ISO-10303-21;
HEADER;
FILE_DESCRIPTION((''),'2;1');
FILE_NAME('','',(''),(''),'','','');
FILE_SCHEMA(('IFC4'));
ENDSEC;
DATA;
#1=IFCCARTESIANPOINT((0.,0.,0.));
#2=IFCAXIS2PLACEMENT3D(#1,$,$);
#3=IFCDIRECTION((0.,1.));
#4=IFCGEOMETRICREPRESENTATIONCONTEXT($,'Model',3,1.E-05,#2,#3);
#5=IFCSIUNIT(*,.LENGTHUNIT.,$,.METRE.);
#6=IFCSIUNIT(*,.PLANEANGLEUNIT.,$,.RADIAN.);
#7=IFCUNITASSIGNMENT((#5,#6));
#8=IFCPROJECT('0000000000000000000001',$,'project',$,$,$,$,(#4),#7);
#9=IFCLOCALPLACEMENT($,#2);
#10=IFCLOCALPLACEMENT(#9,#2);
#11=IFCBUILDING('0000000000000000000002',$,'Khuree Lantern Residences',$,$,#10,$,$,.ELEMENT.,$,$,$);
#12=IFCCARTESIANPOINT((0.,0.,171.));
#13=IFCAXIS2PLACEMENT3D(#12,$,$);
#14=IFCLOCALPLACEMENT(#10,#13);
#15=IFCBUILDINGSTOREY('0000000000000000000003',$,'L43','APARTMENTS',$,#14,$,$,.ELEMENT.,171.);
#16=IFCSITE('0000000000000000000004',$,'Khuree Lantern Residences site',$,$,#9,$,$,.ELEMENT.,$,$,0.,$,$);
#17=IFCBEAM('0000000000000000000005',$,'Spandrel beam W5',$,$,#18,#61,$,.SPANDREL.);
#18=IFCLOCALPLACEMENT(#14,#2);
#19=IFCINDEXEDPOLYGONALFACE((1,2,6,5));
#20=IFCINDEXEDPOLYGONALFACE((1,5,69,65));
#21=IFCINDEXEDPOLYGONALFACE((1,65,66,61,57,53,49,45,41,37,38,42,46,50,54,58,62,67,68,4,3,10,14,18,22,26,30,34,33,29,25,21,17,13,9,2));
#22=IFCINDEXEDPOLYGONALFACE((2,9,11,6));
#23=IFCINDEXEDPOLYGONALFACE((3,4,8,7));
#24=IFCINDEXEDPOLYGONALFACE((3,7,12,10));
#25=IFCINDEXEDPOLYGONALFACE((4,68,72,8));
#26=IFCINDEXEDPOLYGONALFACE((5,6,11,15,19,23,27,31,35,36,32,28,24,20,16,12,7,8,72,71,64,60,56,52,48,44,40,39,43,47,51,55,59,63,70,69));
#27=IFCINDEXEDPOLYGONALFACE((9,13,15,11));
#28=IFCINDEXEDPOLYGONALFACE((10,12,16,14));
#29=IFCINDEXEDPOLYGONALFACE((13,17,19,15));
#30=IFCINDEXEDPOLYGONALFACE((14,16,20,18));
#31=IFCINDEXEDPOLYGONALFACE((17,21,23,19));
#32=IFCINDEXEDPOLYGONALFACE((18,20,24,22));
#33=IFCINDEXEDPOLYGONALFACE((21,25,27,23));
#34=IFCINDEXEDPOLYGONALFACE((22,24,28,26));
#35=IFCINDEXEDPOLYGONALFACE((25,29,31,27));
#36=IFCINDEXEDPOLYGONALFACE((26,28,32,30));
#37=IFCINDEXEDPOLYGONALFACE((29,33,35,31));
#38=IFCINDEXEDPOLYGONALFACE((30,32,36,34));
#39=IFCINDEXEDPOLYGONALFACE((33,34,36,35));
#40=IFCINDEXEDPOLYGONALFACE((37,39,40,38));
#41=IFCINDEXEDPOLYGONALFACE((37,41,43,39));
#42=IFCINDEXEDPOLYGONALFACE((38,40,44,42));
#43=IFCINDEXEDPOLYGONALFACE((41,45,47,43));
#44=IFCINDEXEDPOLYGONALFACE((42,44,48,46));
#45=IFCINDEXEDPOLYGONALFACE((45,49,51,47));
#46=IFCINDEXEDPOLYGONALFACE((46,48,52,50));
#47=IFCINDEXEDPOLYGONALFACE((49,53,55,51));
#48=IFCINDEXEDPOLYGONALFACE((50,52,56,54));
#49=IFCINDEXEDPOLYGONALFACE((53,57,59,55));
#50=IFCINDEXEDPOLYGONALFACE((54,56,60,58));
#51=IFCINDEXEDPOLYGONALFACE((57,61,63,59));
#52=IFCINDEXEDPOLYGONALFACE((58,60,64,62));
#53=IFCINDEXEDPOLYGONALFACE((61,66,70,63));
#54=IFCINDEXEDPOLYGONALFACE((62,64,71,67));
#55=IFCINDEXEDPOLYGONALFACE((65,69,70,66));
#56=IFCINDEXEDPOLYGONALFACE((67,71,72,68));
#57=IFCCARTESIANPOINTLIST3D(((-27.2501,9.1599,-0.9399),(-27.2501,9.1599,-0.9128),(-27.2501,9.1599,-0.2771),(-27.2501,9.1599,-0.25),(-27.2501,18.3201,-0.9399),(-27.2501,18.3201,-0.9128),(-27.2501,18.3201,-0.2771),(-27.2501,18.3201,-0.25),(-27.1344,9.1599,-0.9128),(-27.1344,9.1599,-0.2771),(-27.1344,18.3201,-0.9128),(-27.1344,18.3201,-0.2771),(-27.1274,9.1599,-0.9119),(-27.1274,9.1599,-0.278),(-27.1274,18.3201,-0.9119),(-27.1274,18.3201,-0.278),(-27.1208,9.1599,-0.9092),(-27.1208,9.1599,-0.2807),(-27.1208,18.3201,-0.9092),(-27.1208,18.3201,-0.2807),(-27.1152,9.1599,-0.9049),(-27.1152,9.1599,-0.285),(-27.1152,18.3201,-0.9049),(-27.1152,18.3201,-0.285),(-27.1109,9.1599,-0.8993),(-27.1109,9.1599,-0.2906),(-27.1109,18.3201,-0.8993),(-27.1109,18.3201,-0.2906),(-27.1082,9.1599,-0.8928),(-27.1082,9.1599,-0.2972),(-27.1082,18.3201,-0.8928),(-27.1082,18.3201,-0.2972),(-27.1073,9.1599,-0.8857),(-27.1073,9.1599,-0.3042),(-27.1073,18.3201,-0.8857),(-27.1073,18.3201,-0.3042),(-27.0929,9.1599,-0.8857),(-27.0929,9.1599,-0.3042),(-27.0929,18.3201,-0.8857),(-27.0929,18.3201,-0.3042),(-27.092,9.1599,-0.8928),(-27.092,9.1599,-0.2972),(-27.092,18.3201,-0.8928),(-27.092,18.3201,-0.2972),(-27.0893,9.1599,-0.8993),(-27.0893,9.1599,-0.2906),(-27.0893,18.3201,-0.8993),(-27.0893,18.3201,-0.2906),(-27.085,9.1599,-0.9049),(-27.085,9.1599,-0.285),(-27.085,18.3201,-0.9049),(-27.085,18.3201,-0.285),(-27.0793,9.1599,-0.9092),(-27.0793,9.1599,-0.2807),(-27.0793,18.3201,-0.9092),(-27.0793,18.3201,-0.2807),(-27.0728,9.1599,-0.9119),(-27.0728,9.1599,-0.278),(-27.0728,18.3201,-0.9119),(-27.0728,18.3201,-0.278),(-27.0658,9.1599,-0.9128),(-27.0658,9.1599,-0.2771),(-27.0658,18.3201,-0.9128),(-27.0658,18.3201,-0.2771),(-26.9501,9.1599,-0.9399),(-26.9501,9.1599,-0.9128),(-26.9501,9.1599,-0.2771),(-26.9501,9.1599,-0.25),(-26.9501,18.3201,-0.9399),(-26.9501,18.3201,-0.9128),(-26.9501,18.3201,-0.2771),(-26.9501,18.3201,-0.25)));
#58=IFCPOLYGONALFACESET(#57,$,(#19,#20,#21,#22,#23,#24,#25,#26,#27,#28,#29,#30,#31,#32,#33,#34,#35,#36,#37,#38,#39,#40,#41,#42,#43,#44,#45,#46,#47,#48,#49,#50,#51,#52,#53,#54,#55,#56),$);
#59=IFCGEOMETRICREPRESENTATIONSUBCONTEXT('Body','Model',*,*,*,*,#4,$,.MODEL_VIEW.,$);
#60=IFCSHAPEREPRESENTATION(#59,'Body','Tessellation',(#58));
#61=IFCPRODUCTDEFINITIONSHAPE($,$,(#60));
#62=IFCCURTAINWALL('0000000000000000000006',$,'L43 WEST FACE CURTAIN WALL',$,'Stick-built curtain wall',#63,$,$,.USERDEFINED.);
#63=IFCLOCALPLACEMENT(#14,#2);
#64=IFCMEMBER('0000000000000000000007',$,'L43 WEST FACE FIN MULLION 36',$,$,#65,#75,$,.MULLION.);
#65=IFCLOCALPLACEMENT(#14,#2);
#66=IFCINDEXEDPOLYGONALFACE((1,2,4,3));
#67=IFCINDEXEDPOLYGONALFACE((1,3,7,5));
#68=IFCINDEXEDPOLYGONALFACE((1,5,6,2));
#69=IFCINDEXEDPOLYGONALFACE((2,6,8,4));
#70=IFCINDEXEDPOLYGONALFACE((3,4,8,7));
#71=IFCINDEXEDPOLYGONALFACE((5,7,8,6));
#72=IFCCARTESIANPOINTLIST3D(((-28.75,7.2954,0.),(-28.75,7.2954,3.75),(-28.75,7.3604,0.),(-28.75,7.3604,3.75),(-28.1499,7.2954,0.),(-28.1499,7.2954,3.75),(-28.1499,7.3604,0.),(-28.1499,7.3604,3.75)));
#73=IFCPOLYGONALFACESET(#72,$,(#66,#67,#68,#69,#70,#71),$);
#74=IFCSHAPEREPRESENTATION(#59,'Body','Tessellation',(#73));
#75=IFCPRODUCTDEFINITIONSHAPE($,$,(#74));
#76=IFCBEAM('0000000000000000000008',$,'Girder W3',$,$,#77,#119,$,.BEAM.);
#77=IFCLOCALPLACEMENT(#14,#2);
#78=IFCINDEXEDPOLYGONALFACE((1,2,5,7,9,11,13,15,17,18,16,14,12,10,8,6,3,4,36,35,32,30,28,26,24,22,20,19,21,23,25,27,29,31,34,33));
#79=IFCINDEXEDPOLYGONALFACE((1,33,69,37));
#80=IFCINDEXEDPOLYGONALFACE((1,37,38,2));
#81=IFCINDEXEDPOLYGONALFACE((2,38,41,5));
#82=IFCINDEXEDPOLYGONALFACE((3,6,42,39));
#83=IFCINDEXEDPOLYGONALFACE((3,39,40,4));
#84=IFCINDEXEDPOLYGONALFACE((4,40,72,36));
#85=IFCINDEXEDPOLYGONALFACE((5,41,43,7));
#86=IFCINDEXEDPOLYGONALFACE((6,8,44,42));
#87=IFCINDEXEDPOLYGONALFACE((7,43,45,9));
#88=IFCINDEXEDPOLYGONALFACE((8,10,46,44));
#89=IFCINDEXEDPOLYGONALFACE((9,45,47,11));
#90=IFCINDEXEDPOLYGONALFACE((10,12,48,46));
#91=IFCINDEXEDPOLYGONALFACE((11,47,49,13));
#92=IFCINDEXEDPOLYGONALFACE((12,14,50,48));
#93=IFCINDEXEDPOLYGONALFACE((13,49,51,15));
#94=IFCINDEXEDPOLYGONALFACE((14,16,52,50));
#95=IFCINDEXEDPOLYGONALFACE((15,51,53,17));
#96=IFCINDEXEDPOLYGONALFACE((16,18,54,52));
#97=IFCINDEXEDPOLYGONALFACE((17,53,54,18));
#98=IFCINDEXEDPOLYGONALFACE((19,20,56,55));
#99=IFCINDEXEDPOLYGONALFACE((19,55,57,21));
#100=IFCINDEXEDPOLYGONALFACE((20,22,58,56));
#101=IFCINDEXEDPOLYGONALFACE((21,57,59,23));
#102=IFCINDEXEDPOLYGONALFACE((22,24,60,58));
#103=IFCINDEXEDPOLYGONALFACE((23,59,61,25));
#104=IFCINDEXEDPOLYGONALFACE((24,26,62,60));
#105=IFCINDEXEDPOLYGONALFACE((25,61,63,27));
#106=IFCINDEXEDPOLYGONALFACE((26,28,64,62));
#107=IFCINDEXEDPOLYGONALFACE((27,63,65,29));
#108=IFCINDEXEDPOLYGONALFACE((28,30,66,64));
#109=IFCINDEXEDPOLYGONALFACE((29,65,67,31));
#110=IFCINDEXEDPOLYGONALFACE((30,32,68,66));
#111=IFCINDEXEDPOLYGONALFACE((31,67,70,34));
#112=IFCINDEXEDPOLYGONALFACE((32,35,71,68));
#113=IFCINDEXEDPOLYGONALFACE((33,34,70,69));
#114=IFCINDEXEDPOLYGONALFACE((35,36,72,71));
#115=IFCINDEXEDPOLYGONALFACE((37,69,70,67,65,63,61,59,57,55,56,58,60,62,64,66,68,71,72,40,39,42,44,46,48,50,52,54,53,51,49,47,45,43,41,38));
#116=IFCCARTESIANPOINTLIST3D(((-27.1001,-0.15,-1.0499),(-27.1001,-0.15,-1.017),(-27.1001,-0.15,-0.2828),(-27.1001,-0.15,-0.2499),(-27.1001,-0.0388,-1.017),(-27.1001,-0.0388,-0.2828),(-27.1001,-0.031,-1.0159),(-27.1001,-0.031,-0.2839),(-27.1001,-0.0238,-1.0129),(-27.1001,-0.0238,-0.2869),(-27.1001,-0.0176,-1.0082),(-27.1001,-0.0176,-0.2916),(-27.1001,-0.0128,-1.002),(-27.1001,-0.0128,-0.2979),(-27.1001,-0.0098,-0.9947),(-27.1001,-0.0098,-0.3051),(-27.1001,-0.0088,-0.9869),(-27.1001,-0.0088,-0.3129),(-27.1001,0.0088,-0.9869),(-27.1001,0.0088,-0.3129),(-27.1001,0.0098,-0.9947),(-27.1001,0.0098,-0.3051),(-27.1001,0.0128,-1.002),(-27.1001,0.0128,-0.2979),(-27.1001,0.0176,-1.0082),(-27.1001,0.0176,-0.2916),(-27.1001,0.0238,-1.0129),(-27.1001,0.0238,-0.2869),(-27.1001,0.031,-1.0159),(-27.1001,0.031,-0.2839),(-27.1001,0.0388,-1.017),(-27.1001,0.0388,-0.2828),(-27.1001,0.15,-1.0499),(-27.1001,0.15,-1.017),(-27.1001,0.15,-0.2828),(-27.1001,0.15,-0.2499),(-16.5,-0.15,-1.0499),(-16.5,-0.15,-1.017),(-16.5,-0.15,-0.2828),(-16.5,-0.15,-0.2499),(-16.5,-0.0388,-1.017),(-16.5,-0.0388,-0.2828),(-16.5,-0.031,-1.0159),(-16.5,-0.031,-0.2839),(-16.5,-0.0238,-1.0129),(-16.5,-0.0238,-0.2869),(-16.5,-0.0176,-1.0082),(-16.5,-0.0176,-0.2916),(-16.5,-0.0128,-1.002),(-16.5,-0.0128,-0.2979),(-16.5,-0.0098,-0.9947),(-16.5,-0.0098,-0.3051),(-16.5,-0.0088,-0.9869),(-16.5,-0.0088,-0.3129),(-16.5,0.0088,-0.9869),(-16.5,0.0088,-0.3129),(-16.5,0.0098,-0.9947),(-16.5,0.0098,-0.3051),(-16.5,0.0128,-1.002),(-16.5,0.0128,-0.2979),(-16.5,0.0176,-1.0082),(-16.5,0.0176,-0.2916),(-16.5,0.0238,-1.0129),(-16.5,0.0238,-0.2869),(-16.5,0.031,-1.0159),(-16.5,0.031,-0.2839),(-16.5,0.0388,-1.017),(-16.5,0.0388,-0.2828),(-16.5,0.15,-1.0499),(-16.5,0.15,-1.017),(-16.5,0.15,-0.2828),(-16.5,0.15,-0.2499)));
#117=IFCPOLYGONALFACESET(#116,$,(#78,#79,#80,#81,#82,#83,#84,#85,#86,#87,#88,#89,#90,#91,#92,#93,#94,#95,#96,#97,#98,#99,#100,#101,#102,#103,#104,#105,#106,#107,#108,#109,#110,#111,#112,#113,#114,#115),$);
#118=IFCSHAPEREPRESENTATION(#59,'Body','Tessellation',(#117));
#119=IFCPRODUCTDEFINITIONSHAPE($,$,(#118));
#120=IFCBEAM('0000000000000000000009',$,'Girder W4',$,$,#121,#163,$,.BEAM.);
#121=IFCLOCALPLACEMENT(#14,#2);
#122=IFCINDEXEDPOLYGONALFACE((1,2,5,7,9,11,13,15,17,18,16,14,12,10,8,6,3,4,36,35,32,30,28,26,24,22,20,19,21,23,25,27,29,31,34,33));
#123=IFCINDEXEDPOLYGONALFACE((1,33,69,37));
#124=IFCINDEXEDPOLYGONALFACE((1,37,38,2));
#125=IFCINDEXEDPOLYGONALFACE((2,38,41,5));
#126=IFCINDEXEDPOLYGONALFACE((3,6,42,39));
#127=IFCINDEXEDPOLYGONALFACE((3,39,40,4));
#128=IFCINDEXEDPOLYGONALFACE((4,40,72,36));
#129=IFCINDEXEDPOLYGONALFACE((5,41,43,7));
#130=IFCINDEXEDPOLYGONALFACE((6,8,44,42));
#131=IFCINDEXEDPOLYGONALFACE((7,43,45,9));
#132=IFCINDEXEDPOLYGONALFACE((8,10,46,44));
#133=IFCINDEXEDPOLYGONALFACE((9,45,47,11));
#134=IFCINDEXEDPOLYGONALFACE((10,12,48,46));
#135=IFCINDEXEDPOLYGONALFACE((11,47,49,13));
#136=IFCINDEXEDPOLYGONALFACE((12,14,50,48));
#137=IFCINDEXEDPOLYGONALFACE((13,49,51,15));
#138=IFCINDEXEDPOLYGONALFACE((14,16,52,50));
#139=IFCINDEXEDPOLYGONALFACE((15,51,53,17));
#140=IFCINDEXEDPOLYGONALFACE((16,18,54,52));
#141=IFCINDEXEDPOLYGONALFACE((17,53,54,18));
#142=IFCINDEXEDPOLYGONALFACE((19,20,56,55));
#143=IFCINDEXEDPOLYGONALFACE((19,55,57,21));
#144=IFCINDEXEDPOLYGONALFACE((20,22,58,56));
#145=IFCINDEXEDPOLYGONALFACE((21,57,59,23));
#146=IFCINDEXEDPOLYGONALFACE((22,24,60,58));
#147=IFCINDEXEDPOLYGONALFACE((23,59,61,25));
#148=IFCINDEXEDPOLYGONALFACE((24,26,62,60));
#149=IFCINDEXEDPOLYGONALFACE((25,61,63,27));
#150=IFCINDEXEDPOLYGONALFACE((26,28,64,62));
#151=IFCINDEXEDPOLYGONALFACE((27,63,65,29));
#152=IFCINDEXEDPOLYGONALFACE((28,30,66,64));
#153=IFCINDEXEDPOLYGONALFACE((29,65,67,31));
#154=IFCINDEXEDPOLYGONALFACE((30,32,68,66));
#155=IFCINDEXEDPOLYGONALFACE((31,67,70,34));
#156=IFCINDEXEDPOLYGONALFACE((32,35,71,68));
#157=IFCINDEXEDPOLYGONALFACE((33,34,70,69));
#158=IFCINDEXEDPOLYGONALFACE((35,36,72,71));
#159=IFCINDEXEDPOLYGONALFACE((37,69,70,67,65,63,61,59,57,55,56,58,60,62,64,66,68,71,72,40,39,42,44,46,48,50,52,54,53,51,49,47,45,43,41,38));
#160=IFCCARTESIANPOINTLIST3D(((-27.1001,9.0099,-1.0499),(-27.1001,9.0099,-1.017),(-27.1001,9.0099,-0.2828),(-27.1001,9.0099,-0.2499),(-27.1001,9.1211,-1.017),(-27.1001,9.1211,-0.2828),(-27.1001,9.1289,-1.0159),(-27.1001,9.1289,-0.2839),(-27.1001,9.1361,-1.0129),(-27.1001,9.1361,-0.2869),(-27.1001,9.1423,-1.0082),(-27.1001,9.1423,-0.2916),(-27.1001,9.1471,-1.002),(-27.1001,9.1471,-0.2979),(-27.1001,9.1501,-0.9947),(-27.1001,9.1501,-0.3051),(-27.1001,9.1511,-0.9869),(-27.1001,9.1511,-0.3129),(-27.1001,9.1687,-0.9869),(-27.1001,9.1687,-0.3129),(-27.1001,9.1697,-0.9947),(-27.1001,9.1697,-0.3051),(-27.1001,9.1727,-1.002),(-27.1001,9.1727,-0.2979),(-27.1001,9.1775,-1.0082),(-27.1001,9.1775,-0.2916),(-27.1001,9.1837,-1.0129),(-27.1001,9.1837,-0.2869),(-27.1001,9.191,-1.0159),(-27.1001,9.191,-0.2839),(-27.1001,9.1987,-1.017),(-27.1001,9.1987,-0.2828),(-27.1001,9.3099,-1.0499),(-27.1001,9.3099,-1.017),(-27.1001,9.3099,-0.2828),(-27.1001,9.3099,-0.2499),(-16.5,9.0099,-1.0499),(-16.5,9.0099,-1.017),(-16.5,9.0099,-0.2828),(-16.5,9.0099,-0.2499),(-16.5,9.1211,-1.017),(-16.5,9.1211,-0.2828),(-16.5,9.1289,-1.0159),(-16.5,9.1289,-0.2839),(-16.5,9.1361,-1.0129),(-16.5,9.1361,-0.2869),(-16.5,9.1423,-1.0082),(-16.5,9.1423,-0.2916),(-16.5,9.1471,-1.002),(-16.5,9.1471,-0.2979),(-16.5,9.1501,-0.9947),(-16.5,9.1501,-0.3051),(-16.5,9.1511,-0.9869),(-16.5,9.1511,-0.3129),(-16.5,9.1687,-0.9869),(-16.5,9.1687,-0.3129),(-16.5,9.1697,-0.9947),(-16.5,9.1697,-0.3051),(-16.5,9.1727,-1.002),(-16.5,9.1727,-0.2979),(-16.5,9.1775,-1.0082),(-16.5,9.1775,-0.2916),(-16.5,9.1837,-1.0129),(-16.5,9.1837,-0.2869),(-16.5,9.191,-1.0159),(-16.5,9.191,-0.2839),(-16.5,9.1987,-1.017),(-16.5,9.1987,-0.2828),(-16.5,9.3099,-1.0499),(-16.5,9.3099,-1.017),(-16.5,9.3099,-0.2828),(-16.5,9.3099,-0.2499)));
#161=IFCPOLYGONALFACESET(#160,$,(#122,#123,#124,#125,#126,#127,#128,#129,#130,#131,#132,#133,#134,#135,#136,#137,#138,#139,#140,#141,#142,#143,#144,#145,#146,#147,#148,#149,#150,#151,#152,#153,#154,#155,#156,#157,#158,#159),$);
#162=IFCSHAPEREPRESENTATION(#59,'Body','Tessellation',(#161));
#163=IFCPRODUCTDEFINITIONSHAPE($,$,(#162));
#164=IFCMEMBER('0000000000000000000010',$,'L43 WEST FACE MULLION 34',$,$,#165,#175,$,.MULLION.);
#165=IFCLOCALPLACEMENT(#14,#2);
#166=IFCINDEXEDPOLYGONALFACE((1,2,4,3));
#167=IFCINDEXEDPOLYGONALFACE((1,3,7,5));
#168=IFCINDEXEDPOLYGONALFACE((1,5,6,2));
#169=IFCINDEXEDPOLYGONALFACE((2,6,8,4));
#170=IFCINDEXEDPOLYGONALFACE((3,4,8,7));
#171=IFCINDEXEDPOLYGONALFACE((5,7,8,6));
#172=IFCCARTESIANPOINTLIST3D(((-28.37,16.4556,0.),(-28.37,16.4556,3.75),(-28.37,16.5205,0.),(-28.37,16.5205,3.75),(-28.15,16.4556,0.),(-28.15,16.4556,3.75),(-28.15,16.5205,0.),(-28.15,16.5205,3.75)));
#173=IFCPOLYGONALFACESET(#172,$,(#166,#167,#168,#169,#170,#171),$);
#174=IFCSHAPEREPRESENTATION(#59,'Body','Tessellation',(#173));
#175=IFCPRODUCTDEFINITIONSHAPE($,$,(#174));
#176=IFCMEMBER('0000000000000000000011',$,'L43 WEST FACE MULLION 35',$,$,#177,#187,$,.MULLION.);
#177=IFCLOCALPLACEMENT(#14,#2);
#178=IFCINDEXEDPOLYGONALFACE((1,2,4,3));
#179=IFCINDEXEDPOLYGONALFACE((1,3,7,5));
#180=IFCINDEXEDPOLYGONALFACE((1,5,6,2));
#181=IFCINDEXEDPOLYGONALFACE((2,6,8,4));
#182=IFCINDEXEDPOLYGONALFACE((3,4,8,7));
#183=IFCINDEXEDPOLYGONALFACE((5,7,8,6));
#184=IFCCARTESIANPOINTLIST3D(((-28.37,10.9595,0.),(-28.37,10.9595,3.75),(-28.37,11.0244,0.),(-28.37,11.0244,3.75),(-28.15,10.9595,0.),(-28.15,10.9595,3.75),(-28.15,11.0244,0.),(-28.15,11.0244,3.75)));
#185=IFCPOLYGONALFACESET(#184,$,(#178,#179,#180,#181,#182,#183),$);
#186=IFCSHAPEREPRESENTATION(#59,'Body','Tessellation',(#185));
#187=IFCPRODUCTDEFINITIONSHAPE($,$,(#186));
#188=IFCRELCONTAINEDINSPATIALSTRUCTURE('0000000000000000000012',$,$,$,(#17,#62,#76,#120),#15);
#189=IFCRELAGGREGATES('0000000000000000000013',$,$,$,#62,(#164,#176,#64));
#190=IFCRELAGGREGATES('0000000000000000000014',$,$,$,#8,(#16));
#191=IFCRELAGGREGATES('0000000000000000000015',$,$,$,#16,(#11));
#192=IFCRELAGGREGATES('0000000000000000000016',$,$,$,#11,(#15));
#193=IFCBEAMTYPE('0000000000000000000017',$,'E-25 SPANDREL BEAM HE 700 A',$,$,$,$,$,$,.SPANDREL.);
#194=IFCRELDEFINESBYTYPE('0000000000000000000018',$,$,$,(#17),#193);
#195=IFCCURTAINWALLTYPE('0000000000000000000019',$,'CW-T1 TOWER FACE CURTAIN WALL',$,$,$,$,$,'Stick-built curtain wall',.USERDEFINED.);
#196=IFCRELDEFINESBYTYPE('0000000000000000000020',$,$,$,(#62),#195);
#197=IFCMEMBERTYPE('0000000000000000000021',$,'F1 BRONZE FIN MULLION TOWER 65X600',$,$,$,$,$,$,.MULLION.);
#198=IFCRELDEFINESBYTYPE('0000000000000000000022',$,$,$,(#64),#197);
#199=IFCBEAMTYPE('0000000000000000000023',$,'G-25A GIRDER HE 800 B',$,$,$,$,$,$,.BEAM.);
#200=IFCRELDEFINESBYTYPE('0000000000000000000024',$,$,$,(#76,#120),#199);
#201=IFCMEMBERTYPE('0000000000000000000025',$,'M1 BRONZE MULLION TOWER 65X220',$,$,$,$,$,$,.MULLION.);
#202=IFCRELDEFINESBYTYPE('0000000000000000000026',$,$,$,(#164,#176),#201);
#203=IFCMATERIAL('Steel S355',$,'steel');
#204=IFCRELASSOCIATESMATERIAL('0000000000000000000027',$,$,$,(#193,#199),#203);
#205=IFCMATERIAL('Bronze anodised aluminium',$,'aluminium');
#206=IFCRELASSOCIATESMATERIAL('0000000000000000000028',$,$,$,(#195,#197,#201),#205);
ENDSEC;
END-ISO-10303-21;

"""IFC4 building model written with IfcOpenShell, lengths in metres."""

from ifc_helpers import new_model, si_unit, direction, frame, origin, origin_2d, place, context, subcontext, project, spatial, rectangle, i_section, extrude, material, material_profile, profile_set, type_object, element, aggregate, save


model = new_model("IFC4")

# Units and contexts
model_context = context("Model", 3, precision=1e-05, world=origin(), true_north=direction((0.0, 1.0)))
body_context = subcontext(model_context, "Body", "Model", "MODEL_VIEW")
ifc_project = project(units=[si_unit("LENGTHUNIT", "METRE"), si_unit("PLANEANGLEUNIT", "RADIAN")], contexts=[model_context])

# Site, building, storey
site_placement = place(None, origin())
site = spatial("IfcSite", under=ifc_project, at=site_placement, Name="Khuree Lantern Residences site", CompositionType="ELEMENT", RefElevation=0.0)
building_placement = place(site_placement, origin())
building = spatial("IfcBuilding", under=site, at=building_placement, Name="Khuree Lantern Residences", CompositionType="ELEMENT")
storey_placement = place(building_placement, frame((0.0, 0.0, 171.0)))
storey = spatial("IfcBuildingStorey", under=building, at=storey_placement, Name="L43", Description="APARTMENTS", CompositionType="ELEMENT", Elevation=171.0)

# Beam
ifc_material_1 = material(Name="Steel S355", Category="steel")
ifc_material_profile_1 = material_profile(ifc_material_1, i_section(OverallWidth=0.3, OverallDepth=0.6899, WebThickness=0.0144, FlangeThickness=0.0271, FilletRadius=0.0271, at=origin_2d()), Name="HE 700 A")
ifc_profile_set_1 = profile_set([ifc_material_profile_1], Name="Steel S355")
beam_type_1 = type_object("IfcBeamType", Name="E-25 SPANDREL BEAM HE 700 A", PredefinedType="SPANDREL", material=ifc_profile_set_1)
beam_1_placement = place(storey_placement, frame((-27.1001, 9.1599, -0.595), z_axis=(0.0, 1.0, 0.0), x_axis=(-1.0, 0.0, 0.0)))
element("IfcBeam", 1, at=beam_1_placement, inside=storey, type_object=beam_type_1, Name="Spandrel beam W5", PredefinedType="SPANDREL", context=body_context, shape_type="SweptSolid", body=[
    extrude(i_section(OverallWidth=0.3, OverallDepth=0.6899, WebThickness=0.0144, FlangeThickness=0.0271, FilletRadius=0.0271, at=origin_2d()), origin(), (0.0, 0.0, 1.0), 9.1602),
])

# Curtain wall, member
ifc_material_2 = material(Name="Bronze anodised aluminium", Category="aluminium")
curtain_wall_type = type_object("IfcCurtainWallType", Name="CW-T1 TOWER FACE CURTAIN WALL", ElementType="Stick-built curtain wall", PredefinedType="USERDEFINED", material=ifc_material_2)
curtain_wall_placement = place(storey_placement, origin())
curtain_wall = element("IfcCurtainWall", 2, at=curtain_wall_placement, inside=storey, type_object=curtain_wall_type, Name="L43 WEST FACE CURTAIN WALL", ObjectType="Stick-built curtain wall", PredefinedType="USERDEFINED")
ifc_material_profile_2 = material_profile(ifc_material_2, rectangle(XDim=0.0649, YDim=0.6001, at=origin_2d()), Name="F1 65X600")
ifc_profile_set_2 = profile_set([ifc_material_profile_2], Name="Bronze anodised aluminium")
member_type_1 = type_object("IfcMemberType", Name="F1 BRONZE FIN MULLION TOWER 65X600", PredefinedType="MULLION", material=ifc_profile_set_2)
member_1_placement = place(storey_placement, frame((-28.45, 7.3279, 0.0), z_axis=(0.0, 0.0, 1.0), x_axis=(0.0, -1.0, 0.0)))
member_1 = element("IfcMember", 3, at=member_1_placement, type_object=member_type_1, Name="L43 WEST FACE FIN MULLION 36", PredefinedType="MULLION", context=body_context, shape_type="SweptSolid", body=[
    extrude(rectangle(XDim=0.0649, YDim=0.6001, at=origin_2d()), origin(), (0.0, 0.0, 1.0), 3.75),
])

# Beams
ifc_material_profile_3 = material_profile(ifc_material_1, i_section(OverallWidth=0.3, OverallDepth=0.8, WebThickness=0.0176, FlangeThickness=0.033, FilletRadius=0.03, at=origin_2d()), Name="HE 800 B")
ifc_profile_set_3 = profile_set([ifc_material_profile_3], Name="Steel S355")
beam_type_2 = type_object("IfcBeamType", Name="G-25A GIRDER HE 800 B", PredefinedType="BEAM", material=ifc_profile_set_3)
for number, where, z_axis, x_axis, name in (
    (4, (-27.1001, 0.0, -0.6499), (1.0, 0.0, 0.0), (0.0, 1.0, 0.0), "Girder W3"),
    (5, (-27.1001, 9.1599, -0.6499), (1.0, 0.0, 0.0), (0.0, 1.0, 0.0), "Girder W4"),
):
    element("IfcBeam", number, at=place(storey_placement, frame(where, z_axis=z_axis, x_axis=x_axis)), inside=storey, type_object=beam_type_2, Name=name, PredefinedType="BEAM", context=body_context, shape_type="SweptSolid", body=[
        extrude(i_section(OverallWidth=0.3, OverallDepth=0.8, WebThickness=0.0176, FlangeThickness=0.033, FilletRadius=0.03, at=origin_2d()), origin(), (0.0, 0.0, 1.0), 10.6001),
    ])

# Members
ifc_material_profile_4 = material_profile(ifc_material_2, rectangle(XDim=0.0649, YDim=0.22, at=origin_2d()), Name="M1 65X220")
ifc_profile_set_4 = profile_set([ifc_material_profile_4], Name="Bronze anodised aluminium")
member_type_2 = type_object("IfcMemberType", Name="M1 BRONZE MULLION TOWER 65X220", PredefinedType="MULLION", material=ifc_profile_set_4)
member_2_placement = place(storey_placement, frame((-28.26, 16.488, 0.0), z_axis=(0.0, 0.0, 1.0), x_axis=(0.0, -1.0, 0.0)))
member_2 = element("IfcMember", 6, at=member_2_placement, type_object=member_type_2, Name="L43 WEST FACE MULLION 34", PredefinedType="MULLION", context=body_context, shape_type="SweptSolid", body=[
    extrude(rectangle(XDim=0.0649, YDim=0.22, at=origin_2d()), origin(), (0.0, 0.0, 1.0), 3.75),
])
member_3_placement = place(storey_placement, frame((-28.26, 10.9919, 0.0), z_axis=(0.0, 0.0, 1.0), x_axis=(0.0, -1.0, 0.0)))
member_3 = element("IfcMember", 7, at=member_3_placement, type_object=member_type_2, Name="L43 WEST FACE MULLION 35", PredefinedType="MULLION", context=body_context, shape_type="SweptSolid", body=[
    extrude(rectangle(XDim=0.0649, YDim=0.22, at=origin_2d()), origin(), (0.0, 0.0, 1.0), 3.75),
])

aggregate(curtain_wall, [member_2, member_3, member_1])

save(model, "model.ifc")
